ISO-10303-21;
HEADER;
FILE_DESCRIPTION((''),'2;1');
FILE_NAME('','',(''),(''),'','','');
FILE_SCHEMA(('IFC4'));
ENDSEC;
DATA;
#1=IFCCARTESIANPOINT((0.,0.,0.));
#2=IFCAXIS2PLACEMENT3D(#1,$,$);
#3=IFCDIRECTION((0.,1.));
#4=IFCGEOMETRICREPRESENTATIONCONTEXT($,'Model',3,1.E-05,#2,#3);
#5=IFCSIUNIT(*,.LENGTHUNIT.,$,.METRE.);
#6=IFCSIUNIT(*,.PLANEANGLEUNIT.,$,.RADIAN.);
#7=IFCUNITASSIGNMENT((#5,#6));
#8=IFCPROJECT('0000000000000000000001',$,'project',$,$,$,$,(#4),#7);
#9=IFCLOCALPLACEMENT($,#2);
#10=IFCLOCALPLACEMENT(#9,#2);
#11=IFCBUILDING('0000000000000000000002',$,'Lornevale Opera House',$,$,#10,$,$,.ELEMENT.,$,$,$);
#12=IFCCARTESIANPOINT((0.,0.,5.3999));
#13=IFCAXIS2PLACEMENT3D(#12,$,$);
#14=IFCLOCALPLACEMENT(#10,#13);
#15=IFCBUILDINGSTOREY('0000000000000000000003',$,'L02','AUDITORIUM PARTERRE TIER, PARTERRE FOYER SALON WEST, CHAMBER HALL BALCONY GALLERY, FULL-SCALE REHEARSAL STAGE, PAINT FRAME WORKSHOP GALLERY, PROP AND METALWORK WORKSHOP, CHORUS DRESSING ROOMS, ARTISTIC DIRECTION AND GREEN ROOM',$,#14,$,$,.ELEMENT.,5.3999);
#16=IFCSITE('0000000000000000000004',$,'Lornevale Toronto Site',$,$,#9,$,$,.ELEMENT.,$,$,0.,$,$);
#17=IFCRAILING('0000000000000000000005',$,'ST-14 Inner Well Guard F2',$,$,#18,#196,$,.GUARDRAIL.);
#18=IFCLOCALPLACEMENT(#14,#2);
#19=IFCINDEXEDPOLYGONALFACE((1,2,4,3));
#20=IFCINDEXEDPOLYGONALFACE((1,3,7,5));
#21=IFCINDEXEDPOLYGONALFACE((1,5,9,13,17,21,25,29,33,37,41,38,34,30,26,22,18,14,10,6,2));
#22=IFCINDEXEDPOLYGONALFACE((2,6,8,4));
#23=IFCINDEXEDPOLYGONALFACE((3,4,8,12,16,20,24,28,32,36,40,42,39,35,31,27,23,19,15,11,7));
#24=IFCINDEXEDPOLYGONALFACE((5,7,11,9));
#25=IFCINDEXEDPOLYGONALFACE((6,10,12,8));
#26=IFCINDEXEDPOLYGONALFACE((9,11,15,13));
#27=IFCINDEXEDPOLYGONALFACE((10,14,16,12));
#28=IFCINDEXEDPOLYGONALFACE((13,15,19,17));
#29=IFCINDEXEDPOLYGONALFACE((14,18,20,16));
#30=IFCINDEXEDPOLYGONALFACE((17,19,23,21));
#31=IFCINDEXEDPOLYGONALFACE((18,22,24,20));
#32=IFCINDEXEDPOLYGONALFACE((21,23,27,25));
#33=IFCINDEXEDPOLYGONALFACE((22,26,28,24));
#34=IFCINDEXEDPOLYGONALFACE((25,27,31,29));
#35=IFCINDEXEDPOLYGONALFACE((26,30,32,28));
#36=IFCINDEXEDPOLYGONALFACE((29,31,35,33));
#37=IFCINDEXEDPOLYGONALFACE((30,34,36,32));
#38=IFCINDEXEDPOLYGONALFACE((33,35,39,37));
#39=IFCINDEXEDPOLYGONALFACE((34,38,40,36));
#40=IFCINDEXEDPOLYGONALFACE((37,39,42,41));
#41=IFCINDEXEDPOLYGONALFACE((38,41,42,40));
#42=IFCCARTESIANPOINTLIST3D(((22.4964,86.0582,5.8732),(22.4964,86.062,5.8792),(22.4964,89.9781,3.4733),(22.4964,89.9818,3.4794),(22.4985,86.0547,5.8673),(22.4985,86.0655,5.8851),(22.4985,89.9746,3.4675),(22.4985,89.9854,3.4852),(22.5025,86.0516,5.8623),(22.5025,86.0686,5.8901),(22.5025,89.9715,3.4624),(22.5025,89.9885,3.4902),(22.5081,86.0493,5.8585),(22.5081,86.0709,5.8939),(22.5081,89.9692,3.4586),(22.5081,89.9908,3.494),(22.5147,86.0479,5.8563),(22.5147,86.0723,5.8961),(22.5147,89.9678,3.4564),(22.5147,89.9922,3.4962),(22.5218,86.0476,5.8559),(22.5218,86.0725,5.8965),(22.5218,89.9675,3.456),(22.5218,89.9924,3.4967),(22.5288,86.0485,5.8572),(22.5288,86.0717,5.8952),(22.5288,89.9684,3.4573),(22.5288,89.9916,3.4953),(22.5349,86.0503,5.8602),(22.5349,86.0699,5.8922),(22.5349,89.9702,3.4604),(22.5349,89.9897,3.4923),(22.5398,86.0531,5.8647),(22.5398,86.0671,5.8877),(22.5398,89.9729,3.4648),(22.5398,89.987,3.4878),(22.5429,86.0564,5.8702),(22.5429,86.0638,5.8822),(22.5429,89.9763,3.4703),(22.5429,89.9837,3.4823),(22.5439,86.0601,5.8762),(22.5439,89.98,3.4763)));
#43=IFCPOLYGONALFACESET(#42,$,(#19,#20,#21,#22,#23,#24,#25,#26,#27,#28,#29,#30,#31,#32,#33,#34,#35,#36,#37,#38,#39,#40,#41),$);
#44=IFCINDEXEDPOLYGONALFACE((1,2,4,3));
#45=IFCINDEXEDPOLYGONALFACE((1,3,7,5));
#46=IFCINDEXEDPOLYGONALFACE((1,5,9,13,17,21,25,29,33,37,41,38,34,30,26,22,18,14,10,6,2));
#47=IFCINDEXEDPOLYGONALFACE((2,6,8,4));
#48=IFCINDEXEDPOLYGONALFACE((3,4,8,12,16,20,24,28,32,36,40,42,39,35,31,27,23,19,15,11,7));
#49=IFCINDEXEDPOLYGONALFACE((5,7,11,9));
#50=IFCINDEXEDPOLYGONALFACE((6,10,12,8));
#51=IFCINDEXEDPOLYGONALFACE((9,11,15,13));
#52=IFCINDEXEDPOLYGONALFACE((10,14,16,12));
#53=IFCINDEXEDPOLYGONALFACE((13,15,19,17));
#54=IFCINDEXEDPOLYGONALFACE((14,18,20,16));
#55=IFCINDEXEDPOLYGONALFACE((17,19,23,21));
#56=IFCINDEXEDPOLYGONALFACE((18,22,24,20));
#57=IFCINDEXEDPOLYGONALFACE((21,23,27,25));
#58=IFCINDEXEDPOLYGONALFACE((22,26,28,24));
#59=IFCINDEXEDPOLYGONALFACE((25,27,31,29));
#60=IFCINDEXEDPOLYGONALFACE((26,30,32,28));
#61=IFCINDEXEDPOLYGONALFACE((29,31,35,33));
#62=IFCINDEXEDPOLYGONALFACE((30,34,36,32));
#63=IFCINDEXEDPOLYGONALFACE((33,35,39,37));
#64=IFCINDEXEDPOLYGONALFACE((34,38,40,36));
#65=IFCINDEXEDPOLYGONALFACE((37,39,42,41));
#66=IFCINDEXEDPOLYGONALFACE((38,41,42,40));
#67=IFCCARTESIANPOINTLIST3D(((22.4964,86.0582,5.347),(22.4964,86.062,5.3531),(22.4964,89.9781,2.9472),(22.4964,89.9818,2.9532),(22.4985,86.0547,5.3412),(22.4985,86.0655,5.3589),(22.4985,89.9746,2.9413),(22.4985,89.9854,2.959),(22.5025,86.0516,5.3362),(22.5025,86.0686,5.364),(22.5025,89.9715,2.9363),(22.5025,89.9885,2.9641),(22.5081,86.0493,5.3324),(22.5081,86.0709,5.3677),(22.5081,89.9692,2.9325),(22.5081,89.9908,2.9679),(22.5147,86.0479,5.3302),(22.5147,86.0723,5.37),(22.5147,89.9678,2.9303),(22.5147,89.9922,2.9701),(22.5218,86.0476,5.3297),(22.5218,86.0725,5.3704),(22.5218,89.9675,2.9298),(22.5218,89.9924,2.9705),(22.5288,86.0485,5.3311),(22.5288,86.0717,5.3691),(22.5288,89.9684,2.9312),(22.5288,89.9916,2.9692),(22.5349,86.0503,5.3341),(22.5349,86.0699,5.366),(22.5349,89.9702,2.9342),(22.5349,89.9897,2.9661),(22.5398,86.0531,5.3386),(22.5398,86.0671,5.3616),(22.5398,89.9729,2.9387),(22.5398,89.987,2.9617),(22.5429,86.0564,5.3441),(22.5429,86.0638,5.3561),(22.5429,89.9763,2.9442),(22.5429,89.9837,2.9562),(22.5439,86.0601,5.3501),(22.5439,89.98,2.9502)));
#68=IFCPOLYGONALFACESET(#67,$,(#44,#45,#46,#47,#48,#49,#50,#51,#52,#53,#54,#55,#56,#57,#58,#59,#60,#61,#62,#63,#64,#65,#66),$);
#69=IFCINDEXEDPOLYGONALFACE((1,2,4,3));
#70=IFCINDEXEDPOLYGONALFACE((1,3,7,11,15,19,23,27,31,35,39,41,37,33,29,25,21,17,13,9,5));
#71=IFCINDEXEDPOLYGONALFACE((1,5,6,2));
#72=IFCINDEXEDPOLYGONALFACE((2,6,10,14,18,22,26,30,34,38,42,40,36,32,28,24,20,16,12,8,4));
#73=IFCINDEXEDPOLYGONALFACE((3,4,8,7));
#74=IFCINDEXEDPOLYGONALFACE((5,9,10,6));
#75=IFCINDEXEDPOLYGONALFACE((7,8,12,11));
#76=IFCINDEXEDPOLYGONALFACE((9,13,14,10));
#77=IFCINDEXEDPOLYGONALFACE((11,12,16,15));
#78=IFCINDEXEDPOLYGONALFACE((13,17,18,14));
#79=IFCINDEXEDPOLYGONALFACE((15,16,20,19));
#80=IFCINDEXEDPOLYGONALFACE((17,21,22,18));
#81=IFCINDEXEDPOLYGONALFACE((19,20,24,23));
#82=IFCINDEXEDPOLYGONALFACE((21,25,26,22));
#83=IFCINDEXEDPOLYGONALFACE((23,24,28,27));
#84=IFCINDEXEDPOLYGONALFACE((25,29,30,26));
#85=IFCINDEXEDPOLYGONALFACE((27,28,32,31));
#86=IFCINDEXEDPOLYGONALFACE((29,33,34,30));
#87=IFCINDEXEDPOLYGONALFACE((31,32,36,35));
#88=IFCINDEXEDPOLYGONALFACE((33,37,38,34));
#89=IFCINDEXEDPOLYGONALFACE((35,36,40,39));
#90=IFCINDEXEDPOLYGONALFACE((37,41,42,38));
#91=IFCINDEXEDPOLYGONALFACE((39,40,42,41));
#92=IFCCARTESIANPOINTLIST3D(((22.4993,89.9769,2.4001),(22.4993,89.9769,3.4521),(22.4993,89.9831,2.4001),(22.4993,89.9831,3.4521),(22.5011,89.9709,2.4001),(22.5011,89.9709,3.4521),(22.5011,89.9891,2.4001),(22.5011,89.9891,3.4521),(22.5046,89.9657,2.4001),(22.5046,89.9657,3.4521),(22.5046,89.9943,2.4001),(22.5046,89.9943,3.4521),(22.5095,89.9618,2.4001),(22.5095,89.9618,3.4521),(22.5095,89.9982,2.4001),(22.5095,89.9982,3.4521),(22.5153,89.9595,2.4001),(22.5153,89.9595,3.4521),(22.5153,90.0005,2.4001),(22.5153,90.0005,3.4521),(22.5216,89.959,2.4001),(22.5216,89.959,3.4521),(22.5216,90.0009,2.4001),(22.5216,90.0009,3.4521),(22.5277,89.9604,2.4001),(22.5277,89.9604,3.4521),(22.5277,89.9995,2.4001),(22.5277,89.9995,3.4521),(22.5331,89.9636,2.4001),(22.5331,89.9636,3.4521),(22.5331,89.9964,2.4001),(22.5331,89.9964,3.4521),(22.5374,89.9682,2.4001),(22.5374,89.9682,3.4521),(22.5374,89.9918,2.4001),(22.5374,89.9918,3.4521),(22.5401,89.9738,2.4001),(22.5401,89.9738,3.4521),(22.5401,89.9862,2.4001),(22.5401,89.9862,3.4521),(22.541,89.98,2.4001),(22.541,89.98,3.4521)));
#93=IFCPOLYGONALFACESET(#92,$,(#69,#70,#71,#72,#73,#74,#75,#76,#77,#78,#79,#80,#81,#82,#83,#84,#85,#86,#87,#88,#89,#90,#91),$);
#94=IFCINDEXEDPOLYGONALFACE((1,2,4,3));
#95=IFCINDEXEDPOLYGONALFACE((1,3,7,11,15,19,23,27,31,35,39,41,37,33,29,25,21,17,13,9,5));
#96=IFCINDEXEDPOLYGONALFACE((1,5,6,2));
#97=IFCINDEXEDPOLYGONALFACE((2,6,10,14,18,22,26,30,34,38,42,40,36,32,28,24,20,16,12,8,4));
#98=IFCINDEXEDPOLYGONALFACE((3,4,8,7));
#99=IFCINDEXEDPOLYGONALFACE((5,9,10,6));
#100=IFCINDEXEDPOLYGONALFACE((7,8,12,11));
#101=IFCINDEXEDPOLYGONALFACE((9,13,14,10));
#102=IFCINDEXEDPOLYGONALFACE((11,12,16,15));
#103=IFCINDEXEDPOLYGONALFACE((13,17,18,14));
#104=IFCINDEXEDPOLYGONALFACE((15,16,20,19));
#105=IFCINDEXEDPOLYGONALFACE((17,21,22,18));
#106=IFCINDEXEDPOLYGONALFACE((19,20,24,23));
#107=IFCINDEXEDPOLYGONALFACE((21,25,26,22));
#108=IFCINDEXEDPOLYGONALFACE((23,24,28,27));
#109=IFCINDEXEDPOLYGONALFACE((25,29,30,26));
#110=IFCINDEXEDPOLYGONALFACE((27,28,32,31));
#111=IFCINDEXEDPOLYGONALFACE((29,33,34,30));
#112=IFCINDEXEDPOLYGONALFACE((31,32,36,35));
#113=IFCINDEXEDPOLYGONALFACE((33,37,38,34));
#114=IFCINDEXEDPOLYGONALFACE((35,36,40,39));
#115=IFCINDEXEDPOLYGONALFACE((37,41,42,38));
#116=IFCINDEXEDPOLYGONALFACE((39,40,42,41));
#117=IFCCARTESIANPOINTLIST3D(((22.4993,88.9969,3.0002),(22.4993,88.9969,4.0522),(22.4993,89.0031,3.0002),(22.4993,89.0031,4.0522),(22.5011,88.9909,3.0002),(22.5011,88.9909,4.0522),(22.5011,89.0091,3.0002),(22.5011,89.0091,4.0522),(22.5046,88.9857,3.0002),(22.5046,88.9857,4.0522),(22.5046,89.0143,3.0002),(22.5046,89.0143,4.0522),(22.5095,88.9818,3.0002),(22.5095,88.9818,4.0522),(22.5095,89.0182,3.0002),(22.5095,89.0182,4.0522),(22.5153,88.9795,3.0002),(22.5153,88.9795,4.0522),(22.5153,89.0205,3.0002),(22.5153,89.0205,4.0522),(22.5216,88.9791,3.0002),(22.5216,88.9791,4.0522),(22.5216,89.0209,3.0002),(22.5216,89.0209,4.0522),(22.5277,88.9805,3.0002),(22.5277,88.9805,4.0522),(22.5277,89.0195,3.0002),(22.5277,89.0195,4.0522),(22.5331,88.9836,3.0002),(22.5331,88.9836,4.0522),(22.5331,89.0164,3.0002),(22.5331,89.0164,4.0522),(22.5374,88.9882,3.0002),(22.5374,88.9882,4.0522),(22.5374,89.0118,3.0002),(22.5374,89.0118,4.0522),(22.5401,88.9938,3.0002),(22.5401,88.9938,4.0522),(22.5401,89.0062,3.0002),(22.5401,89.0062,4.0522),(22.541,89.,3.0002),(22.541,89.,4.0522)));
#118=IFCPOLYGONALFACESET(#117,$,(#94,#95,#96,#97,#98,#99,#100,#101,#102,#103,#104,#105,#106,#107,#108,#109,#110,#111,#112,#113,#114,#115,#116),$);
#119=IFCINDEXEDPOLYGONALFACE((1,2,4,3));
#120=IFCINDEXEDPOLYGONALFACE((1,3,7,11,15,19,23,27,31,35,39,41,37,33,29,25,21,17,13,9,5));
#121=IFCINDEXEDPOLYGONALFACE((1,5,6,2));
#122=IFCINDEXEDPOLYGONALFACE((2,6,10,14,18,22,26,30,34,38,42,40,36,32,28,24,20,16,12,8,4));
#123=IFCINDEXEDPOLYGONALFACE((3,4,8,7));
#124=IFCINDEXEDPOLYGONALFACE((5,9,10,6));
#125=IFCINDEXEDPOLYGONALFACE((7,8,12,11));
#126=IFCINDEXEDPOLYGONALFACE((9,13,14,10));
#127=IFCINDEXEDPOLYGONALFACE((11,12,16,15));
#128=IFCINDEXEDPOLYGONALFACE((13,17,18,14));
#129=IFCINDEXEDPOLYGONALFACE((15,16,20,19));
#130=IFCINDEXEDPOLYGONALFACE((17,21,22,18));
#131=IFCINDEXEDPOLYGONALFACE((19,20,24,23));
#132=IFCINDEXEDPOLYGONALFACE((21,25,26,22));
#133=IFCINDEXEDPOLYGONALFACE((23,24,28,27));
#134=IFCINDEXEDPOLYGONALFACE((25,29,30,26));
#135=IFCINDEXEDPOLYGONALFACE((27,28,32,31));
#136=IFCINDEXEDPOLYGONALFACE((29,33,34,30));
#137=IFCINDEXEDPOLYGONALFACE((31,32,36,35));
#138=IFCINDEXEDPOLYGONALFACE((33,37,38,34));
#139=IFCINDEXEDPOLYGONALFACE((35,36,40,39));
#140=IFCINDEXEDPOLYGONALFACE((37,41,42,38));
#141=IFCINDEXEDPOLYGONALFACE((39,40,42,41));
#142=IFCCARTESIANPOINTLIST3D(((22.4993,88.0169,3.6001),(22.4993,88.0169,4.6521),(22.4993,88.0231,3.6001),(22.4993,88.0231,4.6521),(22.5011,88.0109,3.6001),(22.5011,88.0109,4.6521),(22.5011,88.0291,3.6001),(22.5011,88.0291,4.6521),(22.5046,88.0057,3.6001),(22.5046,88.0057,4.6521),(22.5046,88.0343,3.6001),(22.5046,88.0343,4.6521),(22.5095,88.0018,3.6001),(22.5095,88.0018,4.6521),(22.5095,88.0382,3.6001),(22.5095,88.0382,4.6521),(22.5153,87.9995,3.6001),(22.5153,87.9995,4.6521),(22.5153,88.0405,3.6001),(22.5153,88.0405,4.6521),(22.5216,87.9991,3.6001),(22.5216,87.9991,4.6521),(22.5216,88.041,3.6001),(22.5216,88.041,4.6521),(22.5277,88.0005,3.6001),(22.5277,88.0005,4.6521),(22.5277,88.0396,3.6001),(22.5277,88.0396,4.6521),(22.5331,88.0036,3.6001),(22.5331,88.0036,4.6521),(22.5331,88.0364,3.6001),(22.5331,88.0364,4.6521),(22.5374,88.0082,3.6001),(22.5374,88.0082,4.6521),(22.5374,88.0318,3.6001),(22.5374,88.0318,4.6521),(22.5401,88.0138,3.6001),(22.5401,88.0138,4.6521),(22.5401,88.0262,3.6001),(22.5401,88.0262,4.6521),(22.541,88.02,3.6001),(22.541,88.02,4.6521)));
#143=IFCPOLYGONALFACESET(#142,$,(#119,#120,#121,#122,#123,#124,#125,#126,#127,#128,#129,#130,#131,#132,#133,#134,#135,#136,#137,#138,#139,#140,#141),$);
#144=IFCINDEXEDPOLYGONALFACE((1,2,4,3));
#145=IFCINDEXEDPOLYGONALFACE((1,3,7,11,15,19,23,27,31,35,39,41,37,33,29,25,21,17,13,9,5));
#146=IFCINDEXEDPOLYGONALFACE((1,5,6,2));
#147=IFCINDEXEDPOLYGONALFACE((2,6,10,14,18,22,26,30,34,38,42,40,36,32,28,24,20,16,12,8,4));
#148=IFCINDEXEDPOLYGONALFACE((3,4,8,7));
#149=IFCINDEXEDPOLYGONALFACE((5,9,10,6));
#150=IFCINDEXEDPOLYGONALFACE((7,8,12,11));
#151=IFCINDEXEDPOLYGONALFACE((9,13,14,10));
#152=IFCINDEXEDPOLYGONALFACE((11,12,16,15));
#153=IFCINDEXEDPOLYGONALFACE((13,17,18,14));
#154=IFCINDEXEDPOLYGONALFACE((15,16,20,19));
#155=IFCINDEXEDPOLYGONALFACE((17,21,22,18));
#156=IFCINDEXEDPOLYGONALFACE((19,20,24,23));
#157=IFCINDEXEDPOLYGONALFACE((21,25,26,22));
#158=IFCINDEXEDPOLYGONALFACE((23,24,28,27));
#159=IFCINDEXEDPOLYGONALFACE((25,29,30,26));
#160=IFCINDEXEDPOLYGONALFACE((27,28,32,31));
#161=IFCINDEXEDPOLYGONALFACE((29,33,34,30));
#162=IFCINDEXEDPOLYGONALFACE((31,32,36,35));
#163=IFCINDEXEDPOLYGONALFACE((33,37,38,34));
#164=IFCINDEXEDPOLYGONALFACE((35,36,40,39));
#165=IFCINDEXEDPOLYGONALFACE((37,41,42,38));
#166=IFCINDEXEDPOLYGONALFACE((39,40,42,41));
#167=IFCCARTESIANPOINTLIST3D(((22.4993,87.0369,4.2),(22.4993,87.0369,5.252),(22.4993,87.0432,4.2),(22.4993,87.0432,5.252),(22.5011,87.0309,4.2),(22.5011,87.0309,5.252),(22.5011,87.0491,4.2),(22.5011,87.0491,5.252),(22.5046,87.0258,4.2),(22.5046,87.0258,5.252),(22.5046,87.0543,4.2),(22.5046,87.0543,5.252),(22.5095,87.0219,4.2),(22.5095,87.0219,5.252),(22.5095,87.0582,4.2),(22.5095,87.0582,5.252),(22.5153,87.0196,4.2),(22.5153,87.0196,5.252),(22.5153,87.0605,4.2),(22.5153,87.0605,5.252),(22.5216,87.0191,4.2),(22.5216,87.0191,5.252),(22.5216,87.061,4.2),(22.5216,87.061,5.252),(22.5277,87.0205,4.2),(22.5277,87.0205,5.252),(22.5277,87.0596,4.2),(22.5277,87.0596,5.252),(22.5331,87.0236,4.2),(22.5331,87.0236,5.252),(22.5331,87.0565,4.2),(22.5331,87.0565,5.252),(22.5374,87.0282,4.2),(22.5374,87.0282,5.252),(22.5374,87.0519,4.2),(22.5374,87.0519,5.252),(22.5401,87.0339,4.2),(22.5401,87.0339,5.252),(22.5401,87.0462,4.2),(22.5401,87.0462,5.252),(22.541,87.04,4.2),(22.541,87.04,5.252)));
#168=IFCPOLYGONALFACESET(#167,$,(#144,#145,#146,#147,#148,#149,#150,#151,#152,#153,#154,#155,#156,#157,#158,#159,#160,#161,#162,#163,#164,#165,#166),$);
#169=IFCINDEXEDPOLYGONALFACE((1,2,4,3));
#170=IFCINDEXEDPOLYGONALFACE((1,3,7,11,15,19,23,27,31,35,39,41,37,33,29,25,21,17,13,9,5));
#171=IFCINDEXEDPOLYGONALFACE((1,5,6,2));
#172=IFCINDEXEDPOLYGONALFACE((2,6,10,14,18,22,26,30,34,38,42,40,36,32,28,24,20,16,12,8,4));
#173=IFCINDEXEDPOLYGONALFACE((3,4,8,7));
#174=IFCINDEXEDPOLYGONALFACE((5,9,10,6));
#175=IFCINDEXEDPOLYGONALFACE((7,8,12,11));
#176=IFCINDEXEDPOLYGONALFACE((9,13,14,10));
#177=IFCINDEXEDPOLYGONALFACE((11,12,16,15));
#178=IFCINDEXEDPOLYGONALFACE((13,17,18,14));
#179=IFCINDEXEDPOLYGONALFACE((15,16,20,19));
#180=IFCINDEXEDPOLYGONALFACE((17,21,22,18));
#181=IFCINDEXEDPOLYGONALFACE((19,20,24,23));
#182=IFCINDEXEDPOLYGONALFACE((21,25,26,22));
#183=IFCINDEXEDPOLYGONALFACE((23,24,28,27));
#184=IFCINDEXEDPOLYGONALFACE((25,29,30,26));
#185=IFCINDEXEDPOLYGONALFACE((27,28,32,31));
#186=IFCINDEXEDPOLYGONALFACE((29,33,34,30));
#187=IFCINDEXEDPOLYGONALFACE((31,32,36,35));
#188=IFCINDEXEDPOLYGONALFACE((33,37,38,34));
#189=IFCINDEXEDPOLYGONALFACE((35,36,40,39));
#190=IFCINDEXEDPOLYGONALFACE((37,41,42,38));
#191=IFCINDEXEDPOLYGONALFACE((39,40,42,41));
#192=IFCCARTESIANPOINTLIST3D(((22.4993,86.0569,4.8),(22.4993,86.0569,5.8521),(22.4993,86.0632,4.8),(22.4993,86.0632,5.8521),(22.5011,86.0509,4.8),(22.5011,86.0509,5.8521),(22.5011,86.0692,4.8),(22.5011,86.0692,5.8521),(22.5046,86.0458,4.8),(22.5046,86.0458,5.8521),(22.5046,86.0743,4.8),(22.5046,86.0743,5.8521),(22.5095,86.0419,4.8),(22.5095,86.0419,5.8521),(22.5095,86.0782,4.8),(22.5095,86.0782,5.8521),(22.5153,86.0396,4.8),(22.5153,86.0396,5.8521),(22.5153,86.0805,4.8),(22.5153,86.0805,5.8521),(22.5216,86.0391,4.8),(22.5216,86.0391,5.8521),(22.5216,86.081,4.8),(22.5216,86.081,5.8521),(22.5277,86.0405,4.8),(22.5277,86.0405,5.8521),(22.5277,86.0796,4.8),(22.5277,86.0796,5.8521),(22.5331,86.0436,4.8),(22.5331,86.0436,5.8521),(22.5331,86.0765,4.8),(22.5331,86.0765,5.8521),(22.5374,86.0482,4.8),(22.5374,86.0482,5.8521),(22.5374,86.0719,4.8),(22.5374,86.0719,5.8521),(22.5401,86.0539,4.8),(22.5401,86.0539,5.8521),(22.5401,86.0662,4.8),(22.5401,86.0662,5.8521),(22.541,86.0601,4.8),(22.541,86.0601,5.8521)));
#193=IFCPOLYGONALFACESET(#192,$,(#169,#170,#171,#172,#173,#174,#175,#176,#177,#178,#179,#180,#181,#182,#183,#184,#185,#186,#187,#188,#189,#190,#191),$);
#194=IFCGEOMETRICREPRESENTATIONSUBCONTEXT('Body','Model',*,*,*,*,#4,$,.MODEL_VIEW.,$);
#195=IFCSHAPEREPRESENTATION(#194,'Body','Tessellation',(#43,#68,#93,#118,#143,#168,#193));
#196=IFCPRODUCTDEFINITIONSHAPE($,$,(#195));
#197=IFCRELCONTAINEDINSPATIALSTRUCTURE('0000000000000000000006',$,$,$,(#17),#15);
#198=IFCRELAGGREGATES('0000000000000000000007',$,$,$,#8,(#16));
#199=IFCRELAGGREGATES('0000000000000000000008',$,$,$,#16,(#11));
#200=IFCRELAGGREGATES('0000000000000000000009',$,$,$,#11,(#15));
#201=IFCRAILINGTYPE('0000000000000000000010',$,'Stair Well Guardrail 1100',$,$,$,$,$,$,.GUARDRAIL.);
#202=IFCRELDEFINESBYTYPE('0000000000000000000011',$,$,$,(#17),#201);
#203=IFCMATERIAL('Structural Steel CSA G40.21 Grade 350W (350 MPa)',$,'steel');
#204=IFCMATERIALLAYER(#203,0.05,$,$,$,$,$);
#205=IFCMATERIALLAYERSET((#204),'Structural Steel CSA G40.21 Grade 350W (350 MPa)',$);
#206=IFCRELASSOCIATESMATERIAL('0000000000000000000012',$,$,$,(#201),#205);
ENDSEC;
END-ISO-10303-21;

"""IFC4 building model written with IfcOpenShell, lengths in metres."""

from ifc_helpers import new_model, si_unit, direction, frame, origin, origin_2d, place, context, subcontext, project, spatial, circle, extrude, material, layer, layer_set, type_object, element, save


model = new_model("IFC4")

# Units and contexts
model_context = context("Model", 3, precision=1e-05, world=origin(), true_north=direction((0.0, 1.0)))
body_context = subcontext(model_context, "Body", "Model", "MODEL_VIEW")
ifc_project = project(units=[si_unit("LENGTHUNIT", "METRE"), si_unit("PLANEANGLEUNIT", "RADIAN")], contexts=[model_context])

# Site, building, storey
site_placement = place(None, origin())
site = spatial("IfcSite", under=ifc_project, at=site_placement, Name="Lornevale Toronto Site", CompositionType="ELEMENT", RefElevation=0.0)
building_placement = place(site_placement, origin())
building = spatial("IfcBuilding", under=site, at=building_placement, Name="Lornevale Opera House", CompositionType="ELEMENT")
storey_placement = place(building_placement, frame((0.0, 0.0, 5.3999)))
storey = spatial("IfcBuildingStorey", under=building, at=storey_placement, Name="L02", Description="AUDITORIUM PARTERRE TIER, PARTERRE FOYER SALON WEST, CHAMBER HALL BALCONY GALLERY, FULL-SCALE REHEARSAL STAGE, PAINT FRAME WORKSHOP GALLERY, PROP AND METALWORK WORKSHOP, CHORUS DRESSING ROOMS, ARTISTIC DIRECTION AND GREEN ROOM", CompositionType="ELEMENT", Elevation=5.3999)

# Shared definitions
ifc_material_1 = material(Name="Structural Steel CSA G40.21 Grade 350W (350 MPa)", Category="steel")

# Railing
ifc_layer_1 = layer(ifc_material_1, 0.05)
ifc_layer_set_1 = layer_set([ifc_layer_1], Name="Structural Steel CSA G40.21 Grade 350W (350 MPa)")
railing_type_1 = type_object("IfcRailingType", Name="Stair Well Guardrail 1100", PredefinedType="GUARDRAIL", material=ifc_layer_set_1)
railing_1_placement = place(storey_placement, frame((22.52, 89.98, 2.4001)))
element("IfcRailing", 1, at=railing_1_placement, inside=storey, type_object=railing_type_1, Name="ST-14 Inner Well Guard F2", PredefinedType="GUARDRAIL", context=body_context, shape_type="SweptSolid", body=[
    extrude(circle(Radius=0.0239, at=origin_2d()), frame((0.0, 0.0, 1.0762), z_axis=(0.0, -0.852856, 0.522146), x_axis=(1.0, 0.0, 0.0)), (0.0, 0.0, 1.0), 4.5962),
    extrude(circle(Radius=0.0239, at=origin_2d()), frame((0.0, 0.0, 0.55), z_axis=(0.0, -0.852856, 0.522146), x_axis=(1.0, 0.0, 0.0)), (0.0, 0.0, 1.0), 4.5962),
    extrude(circle(Radius=0.021, at=origin_2d()), origin(), (0.0, 0.0, 1.0), 1.052),
    extrude(circle(Radius=0.021, at=origin_2d()), frame((0.0, -0.98, 0.6001)), (0.0, 0.0, 1.0), 1.052),
    extrude(circle(Radius=0.021, at=origin_2d()), frame((0.0, -1.96, 1.2)), (0.0, 0.0, 1.0), 1.052),
    extrude(circle(Radius=0.021, at=origin_2d()), frame((0.0, -2.9399, 1.7998)), (0.0, 0.0, 1.0), 1.052),
    extrude(circle(Radius=0.021, at=origin_2d()), frame((0.0, -3.9199, 2.3999)), (0.0, 0.0, 1.0), 1.052),
])

save(model, "model.ifc")
